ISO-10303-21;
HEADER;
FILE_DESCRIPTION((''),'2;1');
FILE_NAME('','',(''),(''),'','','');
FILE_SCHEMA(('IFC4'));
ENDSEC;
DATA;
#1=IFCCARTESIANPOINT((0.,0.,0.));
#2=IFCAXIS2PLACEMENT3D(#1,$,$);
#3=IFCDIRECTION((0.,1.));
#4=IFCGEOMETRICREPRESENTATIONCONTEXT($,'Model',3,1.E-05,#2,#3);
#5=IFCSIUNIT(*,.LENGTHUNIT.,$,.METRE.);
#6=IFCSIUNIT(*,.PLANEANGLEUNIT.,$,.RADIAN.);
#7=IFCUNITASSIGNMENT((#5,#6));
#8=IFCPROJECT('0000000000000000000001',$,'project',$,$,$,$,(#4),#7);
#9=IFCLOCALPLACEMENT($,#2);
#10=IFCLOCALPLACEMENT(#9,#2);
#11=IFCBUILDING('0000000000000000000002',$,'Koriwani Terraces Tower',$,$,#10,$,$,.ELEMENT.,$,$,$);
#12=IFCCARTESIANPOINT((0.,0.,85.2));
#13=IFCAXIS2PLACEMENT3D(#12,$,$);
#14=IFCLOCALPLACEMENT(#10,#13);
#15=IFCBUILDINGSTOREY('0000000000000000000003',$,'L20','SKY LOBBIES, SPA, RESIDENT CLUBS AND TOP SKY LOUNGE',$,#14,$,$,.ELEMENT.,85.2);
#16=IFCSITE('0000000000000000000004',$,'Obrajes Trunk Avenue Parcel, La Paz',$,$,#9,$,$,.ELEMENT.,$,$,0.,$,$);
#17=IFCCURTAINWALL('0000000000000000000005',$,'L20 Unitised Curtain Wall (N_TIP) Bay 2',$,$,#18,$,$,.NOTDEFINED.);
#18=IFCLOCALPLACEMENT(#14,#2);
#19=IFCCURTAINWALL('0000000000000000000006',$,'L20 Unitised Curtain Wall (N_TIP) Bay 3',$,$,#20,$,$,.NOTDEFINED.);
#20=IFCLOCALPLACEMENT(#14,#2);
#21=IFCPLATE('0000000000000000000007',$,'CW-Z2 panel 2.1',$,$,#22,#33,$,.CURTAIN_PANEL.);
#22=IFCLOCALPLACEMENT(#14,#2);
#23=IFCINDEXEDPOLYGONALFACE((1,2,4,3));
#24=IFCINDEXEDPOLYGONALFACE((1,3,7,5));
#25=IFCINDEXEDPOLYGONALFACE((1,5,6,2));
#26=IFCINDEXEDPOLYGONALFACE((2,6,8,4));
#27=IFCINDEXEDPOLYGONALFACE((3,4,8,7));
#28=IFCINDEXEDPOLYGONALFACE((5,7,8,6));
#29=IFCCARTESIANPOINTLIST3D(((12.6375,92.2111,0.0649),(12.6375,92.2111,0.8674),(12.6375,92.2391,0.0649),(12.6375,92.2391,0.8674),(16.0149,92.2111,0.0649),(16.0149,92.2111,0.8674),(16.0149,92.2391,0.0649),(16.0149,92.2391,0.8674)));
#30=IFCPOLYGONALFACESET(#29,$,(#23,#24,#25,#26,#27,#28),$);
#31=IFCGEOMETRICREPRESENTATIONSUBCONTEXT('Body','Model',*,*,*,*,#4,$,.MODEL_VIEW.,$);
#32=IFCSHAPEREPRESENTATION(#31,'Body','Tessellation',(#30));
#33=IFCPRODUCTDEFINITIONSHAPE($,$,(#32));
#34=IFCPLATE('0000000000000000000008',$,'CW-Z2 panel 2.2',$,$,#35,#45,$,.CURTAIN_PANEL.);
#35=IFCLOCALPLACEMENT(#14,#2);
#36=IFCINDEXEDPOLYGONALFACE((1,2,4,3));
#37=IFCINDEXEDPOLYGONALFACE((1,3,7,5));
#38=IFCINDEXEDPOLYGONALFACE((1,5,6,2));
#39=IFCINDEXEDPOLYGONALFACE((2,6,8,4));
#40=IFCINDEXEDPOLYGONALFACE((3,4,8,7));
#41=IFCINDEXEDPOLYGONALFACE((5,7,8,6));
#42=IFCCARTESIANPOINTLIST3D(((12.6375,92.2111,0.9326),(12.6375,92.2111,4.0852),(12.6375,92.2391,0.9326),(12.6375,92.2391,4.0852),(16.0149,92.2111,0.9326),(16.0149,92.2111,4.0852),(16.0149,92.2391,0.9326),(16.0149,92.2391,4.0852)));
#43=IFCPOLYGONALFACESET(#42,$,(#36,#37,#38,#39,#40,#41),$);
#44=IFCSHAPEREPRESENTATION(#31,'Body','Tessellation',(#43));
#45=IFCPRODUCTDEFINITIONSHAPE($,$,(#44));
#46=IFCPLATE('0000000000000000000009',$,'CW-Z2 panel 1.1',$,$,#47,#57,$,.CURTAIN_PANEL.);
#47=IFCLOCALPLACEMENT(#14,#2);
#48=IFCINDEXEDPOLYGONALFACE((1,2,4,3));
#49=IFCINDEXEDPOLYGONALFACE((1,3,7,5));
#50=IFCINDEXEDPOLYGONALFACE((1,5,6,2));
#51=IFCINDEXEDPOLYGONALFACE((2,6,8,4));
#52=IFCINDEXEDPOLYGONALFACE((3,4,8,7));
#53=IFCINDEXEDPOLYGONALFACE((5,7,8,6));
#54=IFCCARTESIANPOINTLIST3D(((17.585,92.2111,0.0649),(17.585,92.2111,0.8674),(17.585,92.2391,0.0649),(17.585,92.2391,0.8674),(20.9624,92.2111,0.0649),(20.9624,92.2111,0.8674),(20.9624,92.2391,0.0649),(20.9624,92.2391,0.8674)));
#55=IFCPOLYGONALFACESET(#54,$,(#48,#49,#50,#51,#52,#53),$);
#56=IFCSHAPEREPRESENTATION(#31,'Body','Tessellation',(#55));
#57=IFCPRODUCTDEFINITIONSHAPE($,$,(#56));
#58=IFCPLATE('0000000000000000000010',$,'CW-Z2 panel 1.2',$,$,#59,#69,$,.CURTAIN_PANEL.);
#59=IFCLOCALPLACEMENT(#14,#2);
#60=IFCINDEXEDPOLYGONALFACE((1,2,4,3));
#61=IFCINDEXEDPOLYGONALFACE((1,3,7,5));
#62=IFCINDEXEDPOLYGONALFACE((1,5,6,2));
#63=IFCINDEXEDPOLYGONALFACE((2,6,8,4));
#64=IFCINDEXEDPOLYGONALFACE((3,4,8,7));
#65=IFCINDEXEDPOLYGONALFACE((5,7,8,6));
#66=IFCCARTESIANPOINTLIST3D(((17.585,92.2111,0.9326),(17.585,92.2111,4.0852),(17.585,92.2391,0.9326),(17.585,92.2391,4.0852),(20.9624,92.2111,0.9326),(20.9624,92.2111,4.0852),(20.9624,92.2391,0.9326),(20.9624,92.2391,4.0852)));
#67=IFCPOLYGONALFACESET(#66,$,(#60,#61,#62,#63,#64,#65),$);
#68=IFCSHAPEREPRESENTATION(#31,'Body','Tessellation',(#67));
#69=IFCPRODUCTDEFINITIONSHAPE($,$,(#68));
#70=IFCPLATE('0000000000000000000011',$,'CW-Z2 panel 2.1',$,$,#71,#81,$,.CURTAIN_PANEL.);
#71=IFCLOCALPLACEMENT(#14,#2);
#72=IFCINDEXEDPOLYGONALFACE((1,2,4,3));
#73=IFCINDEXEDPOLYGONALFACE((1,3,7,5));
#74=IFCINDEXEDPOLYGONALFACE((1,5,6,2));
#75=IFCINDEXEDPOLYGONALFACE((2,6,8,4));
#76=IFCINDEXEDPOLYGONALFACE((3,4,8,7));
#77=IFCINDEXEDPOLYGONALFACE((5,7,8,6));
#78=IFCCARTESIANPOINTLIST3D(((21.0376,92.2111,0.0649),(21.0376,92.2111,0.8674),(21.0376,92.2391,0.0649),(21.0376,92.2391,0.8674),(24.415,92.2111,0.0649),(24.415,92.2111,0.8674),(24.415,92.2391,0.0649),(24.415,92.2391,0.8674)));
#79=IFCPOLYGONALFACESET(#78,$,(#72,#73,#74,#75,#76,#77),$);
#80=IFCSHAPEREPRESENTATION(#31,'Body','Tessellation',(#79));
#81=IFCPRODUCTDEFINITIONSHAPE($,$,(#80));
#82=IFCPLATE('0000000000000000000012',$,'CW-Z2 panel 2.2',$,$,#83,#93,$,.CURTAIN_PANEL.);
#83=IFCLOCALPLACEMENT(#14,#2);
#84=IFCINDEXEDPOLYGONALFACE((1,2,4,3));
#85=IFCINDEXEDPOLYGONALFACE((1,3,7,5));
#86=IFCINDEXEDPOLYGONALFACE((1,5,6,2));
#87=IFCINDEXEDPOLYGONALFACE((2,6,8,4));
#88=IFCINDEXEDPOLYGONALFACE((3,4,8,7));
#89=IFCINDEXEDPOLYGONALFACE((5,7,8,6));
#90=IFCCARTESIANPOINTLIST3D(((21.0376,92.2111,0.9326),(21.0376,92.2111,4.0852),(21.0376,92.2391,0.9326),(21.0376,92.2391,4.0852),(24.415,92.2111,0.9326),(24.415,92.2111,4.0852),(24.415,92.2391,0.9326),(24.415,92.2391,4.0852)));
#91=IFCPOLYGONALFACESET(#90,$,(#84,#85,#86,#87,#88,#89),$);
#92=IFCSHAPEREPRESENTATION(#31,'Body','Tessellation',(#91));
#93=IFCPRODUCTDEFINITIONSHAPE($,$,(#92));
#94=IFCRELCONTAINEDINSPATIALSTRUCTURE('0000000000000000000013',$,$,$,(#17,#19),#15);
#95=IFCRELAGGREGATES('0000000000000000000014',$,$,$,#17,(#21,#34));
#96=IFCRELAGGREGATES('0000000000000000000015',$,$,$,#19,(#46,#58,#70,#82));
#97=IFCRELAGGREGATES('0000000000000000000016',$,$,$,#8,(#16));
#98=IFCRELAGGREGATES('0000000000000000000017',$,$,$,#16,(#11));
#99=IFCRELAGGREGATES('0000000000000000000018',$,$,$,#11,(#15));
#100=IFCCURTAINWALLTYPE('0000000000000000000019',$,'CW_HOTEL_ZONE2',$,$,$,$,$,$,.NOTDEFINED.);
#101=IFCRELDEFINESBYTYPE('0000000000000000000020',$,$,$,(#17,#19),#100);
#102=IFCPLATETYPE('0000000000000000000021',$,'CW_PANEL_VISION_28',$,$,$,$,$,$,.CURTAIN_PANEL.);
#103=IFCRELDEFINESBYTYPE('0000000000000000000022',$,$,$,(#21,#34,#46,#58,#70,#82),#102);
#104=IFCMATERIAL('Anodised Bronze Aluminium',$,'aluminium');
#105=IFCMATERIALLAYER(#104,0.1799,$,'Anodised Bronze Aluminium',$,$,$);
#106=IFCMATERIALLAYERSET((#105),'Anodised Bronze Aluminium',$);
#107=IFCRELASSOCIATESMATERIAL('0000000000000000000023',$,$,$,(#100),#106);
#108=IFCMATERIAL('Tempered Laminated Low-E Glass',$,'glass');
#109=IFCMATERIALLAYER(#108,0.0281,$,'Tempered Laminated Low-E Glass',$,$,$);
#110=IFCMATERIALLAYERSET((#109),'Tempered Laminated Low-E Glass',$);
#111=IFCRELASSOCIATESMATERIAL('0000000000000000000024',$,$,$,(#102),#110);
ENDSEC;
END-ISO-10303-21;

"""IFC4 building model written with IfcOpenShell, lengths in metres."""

from ifc_helpers import new_model, si_unit, direction, frame, origin, origin_2d, place, context, subcontext, project, spatial, rectangle, extrude, material, layer, layer_set, type_object, element, aggregate, save


model = new_model("IFC4")

# Units and contexts
model_context = context("Model", 3, precision=1e-05, world=origin(), true_north=direction((0.0, 1.0)))
body_context = subcontext(model_context, "Body", "Model", "MODEL_VIEW")
ifc_project = project(units=[si_unit("LENGTHUNIT", "METRE"), si_unit("PLANEANGLEUNIT", "RADIAN")], contexts=[model_context])

# Site, building, storey
site_placement = place(None, origin())
site = spatial("IfcSite", under=ifc_project, at=site_placement, Name="Obrajes Trunk Avenue Parcel, La Paz", CompositionType="ELEMENT", RefElevation=0.0)
building_placement = place(site_placement, origin())
building = spatial("IfcBuilding", under=site, at=building_placement, Name="Koriwani Terraces Tower", CompositionType="ELEMENT")
storey_placement = place(building_placement, frame((0.0, 0.0, 85.2)))
storey = spatial("IfcBuildingStorey", under=building, at=storey_placement, Name="L20", Description="SKY LOBBIES, SPA, RESIDENT CLUBS AND TOP SKY LOUNGE", CompositionType="ELEMENT", Elevation=85.2)

# Curtain walls
ifc_material_1 = material(Name="Anodised Bronze Aluminium", Category="aluminium")
ifc_layer_1 = layer(ifc_material_1, 0.1799, Name="Anodised Bronze Aluminium")
ifc_layer_set_1 = layer_set([ifc_layer_1], Name="Anodised Bronze Aluminium")
curtain_wall_type = type_object("IfcCurtainWallType", Name="CW_HOTEL_ZONE2", PredefinedType="NOTDEFINED", material=ifc_layer_set_1)
curtain_wall_1_placement = place(storey_placement, origin())
curtain_wall_1 = element("IfcCurtainWall", 1, at=curtain_wall_1_placement, inside=storey, type_object=curtain_wall_type, Name="L20 Unitised Curtain Wall (N_TIP) Bay 2", PredefinedType="NOTDEFINED")
curtain_wall_2_placement = place(storey_placement, origin())
curtain_wall_2 = element("IfcCurtainWall", 2, at=curtain_wall_2_placement, inside=storey, type_object=curtain_wall_type, Name="L20 Unitised Curtain Wall (N_TIP) Bay 3", PredefinedType="NOTDEFINED")

# Plates
ifc_material_2 = material(Name="Tempered Laminated Low-E Glass", Category="glass")
ifc_layer_2 = layer(ifc_material_2, 0.0281, Name="Tempered Laminated Low-E Glass")
ifc_layer_set_2 = layer_set([ifc_layer_2], Name="Tempered Laminated Low-E Glass")
plate_type = type_object("IfcPlateType", Name="CW_PANEL_VISION_28", PredefinedType="CURTAIN_PANEL", material=ifc_layer_set_2)
plate_1_placement = place(storey_placement, frame((14.3262, 92.2251, 0.0649), z_axis=(0.0, 0.0, 1.0), x_axis=(1.0, 0.0, 0.0)))
plate_1 = element("IfcPlate", 3, at=plate_1_placement, type_object=plate_type, Name="CW-Z2 panel 2.1", PredefinedType="CURTAIN_PANEL", context=body_context, shape_type="SweptSolid", body=[
    extrude(rectangle(XDim=3.3774, YDim=0.0281, at=origin_2d()), origin(), (0.0, 0.0, 1.0), 0.8025),
])
plate_2_placement = place(storey_placement, frame((14.3262, 92.2251, 0.9326), z_axis=(0.0, 0.0, 1.0), x_axis=(1.0, 0.0, 0.0)))
plate_2 = element("IfcPlate", 4, at=plate_2_placement, type_object=plate_type, Name="CW-Z2 panel 2.2", PredefinedType="CURTAIN_PANEL", context=body_context, shape_type="SweptSolid", body=[
    extrude(rectangle(XDim=3.3774, YDim=0.0281, at=origin_2d()), origin(), (0.0, 0.0, 1.0), 3.1526),
])
aggregate(curtain_wall_1, [plate_1, plate_2])
plate_3_placement = place(storey_placement, frame((19.2737, 92.2251, 0.0649), z_axis=(0.0, 0.0, 1.0), x_axis=(1.0, 0.0, 0.0)))
plate_3 = element("IfcPlate", 5, at=plate_3_placement, type_object=plate_type, Name="CW-Z2 panel 1.1", PredefinedType="CURTAIN_PANEL", context=body_context, shape_type="SweptSolid", body=[
    extrude(rectangle(XDim=3.3774, YDim=0.0281, at=origin_2d()), origin(), (0.0, 0.0, 1.0), 0.8025),
])
plate_4_placement = place(storey_placement, frame((19.2737, 92.2251, 0.9326), z_axis=(0.0, 0.0, 1.0), x_axis=(1.0, 0.0, 0.0)))
plate_4 = element("IfcPlate", 6, at=plate_4_placement, type_object=plate_type, Name="CW-Z2 panel 1.2", PredefinedType="CURTAIN_PANEL", context=body_context, shape_type="SweptSolid", body=[
    extrude(rectangle(XDim=3.3774, YDim=0.0281, at=origin_2d()), origin(), (0.0, 0.0, 1.0), 3.1526),
])
plate_5_placement = place(storey_placement, frame((22.7263, 92.2251, 0.0649), z_axis=(0.0, 0.0, 1.0), x_axis=(1.0, 0.0, 0.0)))
plate_5 = element("IfcPlate", 7, at=plate_5_placement, type_object=plate_type, Name="CW-Z2 panel 2.1", PredefinedType="CURTAIN_PANEL", context=body_context, shape_type="SweptSolid", body=[
    extrude(rectangle(XDim=3.3774, YDim=0.0281, at=origin_2d()), origin(), (0.0, 0.0, 1.0), 0.8025),
])
plate_6_placement = place(storey_placement, frame((22.7263, 92.2251, 0.9326), z_axis=(0.0, 0.0, 1.0), x_axis=(1.0, 0.0, 0.0)))
plate_6 = element("IfcPlate", 8, at=plate_6_placement, type_object=plate_type, Name="CW-Z2 panel 2.2", PredefinedType="CURTAIN_PANEL", context=body_context, shape_type="SweptSolid", body=[
    extrude(rectangle(XDim=3.3774, YDim=0.0281, at=origin_2d()), origin(), (0.0, 0.0, 1.0), 3.1526),
])
aggregate(curtain_wall_2, [plate_3, plate_4, plate_5, plate_6])

save(model, "model.ifc")
